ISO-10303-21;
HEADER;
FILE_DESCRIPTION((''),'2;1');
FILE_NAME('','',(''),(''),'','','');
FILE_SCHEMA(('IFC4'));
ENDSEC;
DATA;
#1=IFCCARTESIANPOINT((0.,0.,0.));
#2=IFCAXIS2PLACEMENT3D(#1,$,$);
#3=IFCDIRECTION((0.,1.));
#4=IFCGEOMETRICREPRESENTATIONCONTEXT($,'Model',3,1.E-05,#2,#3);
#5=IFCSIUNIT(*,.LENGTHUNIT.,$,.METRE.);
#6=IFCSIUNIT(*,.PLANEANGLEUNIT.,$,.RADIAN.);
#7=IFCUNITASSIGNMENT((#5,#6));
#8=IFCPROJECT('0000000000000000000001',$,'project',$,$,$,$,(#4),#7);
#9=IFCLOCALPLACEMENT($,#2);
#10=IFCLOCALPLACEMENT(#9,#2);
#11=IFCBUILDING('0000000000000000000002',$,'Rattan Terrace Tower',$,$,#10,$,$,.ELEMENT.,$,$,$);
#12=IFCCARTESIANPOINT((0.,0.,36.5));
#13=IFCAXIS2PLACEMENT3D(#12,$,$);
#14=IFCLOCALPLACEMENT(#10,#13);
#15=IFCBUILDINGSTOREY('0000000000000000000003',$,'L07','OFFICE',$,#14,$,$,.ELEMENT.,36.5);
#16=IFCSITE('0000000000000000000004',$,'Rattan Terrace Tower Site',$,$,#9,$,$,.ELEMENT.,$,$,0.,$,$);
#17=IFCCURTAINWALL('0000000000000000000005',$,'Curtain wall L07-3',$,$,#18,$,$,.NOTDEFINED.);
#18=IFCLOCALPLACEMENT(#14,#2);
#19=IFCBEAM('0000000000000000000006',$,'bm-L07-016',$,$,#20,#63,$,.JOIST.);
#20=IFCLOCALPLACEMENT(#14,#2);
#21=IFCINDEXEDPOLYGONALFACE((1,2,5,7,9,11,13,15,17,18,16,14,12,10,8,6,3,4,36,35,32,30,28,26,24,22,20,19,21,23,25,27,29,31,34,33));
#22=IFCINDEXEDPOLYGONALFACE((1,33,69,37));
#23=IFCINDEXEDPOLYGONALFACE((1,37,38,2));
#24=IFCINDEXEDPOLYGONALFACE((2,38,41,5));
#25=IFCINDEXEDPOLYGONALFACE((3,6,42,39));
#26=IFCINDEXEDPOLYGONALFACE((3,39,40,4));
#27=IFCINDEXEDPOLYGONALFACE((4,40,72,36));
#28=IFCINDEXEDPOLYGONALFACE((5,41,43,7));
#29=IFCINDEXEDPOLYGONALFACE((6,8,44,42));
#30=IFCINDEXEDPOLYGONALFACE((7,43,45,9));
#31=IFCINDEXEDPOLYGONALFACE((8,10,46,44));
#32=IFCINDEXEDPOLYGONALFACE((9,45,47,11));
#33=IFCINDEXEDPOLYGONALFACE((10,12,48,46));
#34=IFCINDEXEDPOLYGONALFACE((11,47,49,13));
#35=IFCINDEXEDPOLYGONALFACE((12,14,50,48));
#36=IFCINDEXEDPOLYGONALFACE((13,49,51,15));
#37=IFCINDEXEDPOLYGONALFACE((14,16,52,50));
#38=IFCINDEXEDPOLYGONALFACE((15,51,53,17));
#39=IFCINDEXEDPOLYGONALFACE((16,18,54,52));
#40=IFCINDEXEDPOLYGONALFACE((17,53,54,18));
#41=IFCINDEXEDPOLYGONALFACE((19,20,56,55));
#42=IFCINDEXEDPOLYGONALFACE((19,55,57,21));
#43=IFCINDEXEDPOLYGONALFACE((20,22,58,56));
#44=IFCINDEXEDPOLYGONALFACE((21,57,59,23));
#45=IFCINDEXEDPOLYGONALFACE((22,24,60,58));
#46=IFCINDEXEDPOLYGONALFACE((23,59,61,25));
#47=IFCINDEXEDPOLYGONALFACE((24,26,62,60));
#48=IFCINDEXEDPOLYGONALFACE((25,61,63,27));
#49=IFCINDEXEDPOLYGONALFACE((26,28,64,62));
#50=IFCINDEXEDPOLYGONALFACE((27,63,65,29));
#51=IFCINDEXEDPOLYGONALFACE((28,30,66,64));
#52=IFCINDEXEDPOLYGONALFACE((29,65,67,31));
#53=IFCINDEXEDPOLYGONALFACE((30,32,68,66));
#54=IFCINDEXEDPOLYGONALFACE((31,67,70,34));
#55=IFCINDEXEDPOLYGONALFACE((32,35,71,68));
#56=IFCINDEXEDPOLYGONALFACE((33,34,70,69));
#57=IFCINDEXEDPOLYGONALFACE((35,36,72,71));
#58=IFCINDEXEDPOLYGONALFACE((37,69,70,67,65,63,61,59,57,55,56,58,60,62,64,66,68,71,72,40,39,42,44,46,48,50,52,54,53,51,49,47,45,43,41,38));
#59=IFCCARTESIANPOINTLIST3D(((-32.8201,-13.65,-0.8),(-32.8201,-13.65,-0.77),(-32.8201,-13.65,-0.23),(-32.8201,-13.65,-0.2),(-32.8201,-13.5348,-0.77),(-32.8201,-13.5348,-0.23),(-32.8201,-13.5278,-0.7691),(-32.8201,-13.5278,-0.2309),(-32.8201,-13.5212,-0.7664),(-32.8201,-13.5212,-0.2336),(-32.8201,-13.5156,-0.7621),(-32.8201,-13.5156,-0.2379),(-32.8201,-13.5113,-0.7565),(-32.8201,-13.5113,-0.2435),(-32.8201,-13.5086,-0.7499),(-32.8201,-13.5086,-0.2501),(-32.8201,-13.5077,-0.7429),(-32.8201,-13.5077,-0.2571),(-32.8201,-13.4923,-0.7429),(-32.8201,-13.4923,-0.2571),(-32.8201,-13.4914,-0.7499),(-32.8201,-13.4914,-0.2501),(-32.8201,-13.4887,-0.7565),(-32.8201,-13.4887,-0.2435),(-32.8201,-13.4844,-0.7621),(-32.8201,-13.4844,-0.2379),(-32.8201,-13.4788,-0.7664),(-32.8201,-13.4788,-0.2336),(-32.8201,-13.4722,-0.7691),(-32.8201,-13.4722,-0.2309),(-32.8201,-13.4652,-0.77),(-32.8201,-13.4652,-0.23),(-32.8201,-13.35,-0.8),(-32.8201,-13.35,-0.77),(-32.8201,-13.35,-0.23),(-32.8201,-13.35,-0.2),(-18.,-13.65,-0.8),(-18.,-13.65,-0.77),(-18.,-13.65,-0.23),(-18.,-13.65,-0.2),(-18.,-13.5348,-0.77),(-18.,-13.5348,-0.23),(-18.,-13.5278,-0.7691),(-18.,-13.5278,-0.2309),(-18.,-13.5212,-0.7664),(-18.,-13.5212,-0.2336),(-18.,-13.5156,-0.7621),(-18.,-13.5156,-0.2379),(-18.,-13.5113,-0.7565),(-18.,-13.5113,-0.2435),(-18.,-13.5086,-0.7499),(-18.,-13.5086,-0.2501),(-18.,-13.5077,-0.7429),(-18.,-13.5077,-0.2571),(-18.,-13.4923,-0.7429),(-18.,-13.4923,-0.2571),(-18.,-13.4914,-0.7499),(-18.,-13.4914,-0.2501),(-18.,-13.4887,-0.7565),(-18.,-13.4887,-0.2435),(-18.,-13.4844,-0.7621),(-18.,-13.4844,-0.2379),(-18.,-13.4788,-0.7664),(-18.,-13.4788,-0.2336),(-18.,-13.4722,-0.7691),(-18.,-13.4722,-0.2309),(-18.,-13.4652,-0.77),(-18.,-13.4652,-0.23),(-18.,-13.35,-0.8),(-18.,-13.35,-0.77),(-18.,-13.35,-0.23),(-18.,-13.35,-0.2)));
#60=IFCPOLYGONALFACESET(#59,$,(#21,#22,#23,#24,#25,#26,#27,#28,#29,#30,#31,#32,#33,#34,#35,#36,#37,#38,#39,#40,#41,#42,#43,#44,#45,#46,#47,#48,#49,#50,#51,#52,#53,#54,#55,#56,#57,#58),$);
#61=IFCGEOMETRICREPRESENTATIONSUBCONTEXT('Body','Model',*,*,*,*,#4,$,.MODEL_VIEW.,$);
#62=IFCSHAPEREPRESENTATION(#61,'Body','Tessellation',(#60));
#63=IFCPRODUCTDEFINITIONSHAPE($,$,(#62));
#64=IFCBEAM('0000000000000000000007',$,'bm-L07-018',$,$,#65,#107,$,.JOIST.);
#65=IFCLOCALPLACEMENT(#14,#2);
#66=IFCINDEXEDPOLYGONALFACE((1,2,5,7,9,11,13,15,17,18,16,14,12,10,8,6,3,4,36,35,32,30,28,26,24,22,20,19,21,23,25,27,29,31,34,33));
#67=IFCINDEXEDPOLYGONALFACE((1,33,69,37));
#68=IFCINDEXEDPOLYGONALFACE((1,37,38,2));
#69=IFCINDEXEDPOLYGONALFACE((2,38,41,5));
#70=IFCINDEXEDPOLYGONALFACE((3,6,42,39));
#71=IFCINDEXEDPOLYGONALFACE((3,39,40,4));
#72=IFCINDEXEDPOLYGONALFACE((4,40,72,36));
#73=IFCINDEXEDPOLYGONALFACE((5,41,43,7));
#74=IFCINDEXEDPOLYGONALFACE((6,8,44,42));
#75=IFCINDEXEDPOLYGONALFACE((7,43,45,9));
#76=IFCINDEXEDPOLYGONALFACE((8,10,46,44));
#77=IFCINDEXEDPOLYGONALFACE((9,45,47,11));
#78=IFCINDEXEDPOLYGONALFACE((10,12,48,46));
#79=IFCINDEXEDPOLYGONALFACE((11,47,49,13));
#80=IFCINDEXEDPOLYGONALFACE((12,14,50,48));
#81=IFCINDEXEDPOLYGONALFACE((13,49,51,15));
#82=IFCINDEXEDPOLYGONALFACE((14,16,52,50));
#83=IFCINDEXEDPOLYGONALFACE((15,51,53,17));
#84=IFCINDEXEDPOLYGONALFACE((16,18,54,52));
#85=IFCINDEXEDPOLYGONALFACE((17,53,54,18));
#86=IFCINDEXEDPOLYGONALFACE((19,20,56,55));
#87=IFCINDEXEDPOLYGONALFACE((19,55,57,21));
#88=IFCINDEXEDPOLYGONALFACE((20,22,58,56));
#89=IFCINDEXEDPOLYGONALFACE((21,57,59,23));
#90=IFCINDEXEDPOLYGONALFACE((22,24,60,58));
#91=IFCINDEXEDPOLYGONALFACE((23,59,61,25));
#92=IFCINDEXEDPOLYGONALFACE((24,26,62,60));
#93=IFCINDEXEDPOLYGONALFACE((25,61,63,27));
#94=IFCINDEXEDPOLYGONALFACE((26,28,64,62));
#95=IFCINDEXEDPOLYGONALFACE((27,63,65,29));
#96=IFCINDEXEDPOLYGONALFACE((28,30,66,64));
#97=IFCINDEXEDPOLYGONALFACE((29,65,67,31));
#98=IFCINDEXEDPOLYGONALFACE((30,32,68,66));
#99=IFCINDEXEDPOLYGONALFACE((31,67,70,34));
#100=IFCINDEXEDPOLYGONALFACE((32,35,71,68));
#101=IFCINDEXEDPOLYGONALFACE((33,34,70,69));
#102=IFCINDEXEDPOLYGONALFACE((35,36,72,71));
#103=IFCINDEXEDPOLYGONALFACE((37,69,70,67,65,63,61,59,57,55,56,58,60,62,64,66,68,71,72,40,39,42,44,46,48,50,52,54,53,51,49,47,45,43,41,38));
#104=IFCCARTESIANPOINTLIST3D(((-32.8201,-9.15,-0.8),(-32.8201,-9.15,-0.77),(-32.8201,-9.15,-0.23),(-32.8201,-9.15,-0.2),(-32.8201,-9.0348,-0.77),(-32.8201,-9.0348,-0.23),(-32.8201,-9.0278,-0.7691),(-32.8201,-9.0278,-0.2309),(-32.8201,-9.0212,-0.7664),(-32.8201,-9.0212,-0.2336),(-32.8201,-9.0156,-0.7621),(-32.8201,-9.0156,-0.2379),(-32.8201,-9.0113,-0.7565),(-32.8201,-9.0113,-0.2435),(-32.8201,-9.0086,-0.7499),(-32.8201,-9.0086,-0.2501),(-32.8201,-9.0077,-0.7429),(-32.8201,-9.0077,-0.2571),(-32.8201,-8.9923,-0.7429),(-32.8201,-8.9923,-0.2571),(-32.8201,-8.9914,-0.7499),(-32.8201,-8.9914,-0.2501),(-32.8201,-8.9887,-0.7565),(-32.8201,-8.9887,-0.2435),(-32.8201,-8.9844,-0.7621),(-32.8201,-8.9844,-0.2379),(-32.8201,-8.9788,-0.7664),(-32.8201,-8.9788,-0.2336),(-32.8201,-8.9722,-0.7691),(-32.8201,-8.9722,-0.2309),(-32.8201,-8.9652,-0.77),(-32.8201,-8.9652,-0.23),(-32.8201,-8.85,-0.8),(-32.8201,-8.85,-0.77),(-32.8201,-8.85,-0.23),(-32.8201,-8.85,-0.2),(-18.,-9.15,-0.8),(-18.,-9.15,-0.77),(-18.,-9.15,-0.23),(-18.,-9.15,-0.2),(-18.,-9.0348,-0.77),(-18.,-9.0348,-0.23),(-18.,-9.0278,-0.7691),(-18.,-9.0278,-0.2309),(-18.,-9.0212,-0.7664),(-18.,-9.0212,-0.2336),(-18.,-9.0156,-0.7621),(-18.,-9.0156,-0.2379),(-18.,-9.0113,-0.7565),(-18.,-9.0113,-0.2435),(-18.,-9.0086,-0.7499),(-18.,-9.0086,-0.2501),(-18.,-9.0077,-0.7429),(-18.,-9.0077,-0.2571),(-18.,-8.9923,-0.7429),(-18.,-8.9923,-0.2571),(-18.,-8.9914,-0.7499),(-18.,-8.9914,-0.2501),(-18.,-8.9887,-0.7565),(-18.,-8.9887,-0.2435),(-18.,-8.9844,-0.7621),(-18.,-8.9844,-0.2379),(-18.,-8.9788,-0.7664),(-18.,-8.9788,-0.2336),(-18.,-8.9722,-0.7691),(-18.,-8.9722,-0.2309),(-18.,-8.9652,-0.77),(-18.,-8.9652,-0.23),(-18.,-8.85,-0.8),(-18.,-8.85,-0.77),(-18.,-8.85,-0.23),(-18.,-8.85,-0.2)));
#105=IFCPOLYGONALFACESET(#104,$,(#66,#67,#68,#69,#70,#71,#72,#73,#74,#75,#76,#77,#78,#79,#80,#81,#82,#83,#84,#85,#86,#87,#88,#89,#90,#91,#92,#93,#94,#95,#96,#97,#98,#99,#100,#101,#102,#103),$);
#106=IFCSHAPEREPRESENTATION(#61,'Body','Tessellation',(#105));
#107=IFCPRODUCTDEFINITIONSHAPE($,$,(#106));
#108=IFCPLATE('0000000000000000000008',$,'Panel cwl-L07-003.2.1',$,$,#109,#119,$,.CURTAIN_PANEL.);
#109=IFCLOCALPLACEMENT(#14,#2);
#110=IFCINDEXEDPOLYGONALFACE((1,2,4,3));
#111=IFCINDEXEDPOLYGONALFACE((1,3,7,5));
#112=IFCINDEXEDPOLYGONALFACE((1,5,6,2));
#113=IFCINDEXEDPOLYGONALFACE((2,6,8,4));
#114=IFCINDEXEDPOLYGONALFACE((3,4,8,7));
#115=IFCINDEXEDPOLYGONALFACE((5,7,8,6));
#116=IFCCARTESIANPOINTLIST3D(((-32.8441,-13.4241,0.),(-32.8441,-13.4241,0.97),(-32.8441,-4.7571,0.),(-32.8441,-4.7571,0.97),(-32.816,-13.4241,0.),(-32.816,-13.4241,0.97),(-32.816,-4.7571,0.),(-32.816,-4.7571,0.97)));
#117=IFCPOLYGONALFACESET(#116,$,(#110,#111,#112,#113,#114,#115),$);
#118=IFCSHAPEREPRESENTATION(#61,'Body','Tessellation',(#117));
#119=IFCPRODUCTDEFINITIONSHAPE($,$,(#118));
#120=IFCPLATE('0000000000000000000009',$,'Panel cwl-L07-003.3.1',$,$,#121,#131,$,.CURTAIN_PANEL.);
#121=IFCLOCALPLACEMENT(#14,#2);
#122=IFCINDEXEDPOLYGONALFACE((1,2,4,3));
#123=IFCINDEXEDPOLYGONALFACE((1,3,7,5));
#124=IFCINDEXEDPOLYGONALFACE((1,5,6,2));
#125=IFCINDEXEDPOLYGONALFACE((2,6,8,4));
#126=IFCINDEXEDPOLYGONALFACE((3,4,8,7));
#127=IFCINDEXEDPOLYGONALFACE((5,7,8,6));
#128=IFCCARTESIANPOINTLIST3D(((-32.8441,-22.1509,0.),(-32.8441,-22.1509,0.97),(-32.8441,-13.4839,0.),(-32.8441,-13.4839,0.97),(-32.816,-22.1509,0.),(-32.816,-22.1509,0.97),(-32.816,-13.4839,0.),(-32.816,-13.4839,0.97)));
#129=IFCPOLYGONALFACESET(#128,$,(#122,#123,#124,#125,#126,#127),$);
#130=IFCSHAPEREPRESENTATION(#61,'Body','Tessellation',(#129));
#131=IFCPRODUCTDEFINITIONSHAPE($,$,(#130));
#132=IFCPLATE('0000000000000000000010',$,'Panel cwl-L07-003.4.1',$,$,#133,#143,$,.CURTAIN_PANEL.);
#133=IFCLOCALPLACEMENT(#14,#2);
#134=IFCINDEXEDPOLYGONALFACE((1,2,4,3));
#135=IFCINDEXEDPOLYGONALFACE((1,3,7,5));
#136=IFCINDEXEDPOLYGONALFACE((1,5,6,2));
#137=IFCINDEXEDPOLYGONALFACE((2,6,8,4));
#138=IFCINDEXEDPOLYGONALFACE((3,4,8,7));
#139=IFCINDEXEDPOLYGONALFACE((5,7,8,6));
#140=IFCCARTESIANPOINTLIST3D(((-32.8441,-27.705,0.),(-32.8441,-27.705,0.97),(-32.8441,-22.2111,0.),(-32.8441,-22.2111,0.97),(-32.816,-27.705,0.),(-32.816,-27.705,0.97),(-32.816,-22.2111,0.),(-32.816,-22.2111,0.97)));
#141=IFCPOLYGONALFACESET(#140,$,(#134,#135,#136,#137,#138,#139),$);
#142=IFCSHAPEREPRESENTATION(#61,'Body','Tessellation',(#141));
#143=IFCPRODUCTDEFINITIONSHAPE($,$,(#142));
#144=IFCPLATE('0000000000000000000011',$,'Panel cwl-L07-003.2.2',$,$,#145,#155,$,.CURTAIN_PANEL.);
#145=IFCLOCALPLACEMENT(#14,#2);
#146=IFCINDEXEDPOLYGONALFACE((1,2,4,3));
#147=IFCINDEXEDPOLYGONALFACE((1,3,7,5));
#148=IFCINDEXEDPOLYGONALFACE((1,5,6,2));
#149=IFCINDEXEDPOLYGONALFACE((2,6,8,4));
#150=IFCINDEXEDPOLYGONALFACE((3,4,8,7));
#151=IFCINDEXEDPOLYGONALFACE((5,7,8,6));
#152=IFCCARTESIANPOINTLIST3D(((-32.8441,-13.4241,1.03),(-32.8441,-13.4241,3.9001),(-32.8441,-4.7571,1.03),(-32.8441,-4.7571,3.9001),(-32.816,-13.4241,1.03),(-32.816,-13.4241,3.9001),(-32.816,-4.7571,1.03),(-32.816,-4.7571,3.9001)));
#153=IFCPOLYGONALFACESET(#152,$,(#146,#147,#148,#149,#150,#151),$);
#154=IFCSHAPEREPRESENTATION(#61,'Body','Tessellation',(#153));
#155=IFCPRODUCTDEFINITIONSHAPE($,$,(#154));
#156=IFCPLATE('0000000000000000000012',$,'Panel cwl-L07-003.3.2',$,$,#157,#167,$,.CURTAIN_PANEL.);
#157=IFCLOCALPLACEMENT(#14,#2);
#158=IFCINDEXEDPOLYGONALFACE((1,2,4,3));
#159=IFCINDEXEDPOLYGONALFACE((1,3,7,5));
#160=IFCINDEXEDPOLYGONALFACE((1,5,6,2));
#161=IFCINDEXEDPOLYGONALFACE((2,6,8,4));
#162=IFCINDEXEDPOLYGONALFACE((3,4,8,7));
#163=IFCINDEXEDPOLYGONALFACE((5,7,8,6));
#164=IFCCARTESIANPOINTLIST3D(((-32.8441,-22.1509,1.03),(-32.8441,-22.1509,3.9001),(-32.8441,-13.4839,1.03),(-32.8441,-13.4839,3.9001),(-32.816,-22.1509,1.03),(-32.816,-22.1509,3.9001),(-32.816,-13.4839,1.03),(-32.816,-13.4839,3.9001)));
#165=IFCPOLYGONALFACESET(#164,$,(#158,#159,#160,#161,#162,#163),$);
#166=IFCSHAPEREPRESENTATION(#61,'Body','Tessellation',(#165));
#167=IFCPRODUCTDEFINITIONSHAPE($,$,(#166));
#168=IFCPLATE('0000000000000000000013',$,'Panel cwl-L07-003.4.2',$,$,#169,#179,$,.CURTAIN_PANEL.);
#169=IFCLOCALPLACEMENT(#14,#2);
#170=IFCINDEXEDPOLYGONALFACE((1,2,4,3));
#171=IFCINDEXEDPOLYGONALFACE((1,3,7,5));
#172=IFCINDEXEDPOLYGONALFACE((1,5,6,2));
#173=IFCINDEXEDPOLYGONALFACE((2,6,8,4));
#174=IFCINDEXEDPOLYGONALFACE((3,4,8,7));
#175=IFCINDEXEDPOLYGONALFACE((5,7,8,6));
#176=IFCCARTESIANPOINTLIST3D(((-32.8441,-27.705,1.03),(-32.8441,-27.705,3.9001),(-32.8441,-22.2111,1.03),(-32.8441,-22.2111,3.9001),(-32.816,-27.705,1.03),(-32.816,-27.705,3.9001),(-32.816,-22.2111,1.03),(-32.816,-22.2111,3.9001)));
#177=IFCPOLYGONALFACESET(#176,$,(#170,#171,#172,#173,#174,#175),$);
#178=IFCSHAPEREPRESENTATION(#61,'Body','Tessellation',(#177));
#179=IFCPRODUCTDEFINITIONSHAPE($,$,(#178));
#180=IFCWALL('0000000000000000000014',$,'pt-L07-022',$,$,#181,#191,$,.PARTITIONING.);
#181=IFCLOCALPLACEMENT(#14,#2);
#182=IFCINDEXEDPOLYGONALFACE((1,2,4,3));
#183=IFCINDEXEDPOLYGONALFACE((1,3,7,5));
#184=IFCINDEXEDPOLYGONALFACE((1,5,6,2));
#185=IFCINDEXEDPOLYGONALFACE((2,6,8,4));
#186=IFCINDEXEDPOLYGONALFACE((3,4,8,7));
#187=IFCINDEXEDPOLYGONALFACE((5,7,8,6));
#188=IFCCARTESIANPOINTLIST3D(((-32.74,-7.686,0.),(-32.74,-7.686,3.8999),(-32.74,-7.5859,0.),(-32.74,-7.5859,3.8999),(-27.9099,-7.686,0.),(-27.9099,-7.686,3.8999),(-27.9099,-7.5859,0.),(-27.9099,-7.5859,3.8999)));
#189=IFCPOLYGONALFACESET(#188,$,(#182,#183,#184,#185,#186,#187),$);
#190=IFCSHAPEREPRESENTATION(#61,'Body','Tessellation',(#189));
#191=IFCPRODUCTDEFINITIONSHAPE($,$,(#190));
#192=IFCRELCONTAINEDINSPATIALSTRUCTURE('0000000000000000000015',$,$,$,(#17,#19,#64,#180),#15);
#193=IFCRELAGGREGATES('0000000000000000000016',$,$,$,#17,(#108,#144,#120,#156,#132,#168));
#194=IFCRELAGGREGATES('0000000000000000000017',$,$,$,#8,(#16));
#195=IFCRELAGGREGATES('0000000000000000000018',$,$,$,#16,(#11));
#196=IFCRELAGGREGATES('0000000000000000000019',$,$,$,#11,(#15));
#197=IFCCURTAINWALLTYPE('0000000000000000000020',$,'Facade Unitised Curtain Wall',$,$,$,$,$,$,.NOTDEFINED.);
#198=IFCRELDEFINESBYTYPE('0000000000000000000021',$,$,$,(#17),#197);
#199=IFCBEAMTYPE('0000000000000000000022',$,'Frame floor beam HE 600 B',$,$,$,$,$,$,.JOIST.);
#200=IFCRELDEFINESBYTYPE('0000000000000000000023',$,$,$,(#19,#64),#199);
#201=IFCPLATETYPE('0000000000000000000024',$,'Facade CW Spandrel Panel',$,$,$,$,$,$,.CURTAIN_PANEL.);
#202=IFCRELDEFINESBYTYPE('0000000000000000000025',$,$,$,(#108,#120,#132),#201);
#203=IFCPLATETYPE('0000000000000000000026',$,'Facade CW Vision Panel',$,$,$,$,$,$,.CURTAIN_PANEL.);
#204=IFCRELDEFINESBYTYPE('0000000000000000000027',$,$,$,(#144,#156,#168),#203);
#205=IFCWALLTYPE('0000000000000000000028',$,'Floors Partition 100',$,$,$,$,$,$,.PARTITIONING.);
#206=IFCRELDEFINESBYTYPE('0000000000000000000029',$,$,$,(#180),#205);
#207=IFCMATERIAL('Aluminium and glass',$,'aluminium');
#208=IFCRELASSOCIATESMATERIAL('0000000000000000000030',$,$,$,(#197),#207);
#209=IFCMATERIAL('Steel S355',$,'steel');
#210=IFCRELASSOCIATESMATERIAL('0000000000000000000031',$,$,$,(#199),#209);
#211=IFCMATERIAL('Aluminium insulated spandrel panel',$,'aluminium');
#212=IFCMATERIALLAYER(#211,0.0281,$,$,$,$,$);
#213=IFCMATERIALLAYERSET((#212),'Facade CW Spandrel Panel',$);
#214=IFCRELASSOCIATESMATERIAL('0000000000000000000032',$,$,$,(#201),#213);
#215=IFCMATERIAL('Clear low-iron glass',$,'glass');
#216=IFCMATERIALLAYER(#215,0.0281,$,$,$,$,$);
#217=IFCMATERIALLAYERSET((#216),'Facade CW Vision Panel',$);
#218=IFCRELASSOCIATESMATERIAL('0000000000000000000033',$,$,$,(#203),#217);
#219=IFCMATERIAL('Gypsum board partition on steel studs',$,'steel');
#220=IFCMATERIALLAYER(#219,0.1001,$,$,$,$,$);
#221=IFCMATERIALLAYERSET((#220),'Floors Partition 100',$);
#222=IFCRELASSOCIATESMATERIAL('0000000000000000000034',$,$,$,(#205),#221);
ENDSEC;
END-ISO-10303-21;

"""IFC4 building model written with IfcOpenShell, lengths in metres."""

from ifc_helpers import new_model, si_unit, direction, frame, frame_2d, origin, origin_2d, place, context, subcontext, project, spatial, rectangle, i_section, extrude, material, layer, layer_set, material_profile, profile_set, type_object, element, aggregate, save


model = new_model("IFC4")

# Units and contexts
model_context = context("Model", 3, precision=1e-05, world=origin(), true_north=direction((0.0, 1.0)))
body_context = subcontext(model_context, "Body", "Model", "MODEL_VIEW")
ifc_project = project(units=[si_unit("LENGTHUNIT", "METRE"), si_unit("PLANEANGLEUNIT", "RADIAN")], contexts=[model_context])

# Site, building, storey
site_placement = place(None, origin())
site = spatial("IfcSite", under=ifc_project, at=site_placement, Name="Rattan Terrace Tower Site", CompositionType="ELEMENT", RefElevation=0.0)
building_placement = place(site_placement, origin())
building = spatial("IfcBuilding", under=site, at=building_placement, Name="Rattan Terrace Tower", CompositionType="ELEMENT")
storey_placement = place(building_placement, frame((0.0, 0.0, 36.5)))
storey = spatial("IfcBuildingStorey", under=building, at=storey_placement, Name="L07", Description="OFFICE", CompositionType="ELEMENT", Elevation=36.5)

# Curtain wall
ifc_material_1 = material(Name="Aluminium and glass", Category="aluminium")
curtain_wall_type = type_object("IfcCurtainWallType", Name="Facade Unitised Curtain Wall", PredefinedType="NOTDEFINED", material=ifc_material_1)
curtain_wall_placement = place(storey_placement, origin())
curtain_wall = element("IfcCurtainWall", 1, at=curtain_wall_placement, inside=storey, type_object=curtain_wall_type, Name="Curtain wall L07-3", PredefinedType="NOTDEFINED")

# Beams
ifc_material_2 = material(Name="Steel S355", Category="steel")
ifc_material_profile_1 = material_profile(ifc_material_2, i_section(OverallWidth=0.3, OverallDepth=0.6001, WebThickness=0.0154, FlangeThickness=0.03, FilletRadius=0.0271, at=origin_2d()), Name="HE 600 B")
ifc_profile_set_1 = profile_set([ifc_material_profile_1], Name="Steel S355")
beam_type_1 = type_object("IfcBeamType", Name="Frame floor beam HE 600 B", PredefinedType="JOIST", material=ifc_profile_set_1)
for number, where, z_axis, x_axis, name in (
    (2, (-32.8201, -13.5, -0.5), (1.0, 0.0, 0.0), (0.0, 1.0, 0.0), "bm-L07-016"),
    (3, (-32.8201, -9.0, -0.5), (1.0, 0.0, 0.0), (0.0, 1.0, 0.0), "bm-L07-018"),
):
    element("IfcBeam", number, at=place(storey_placement, frame(where, z_axis=z_axis, x_axis=x_axis)), inside=storey, type_object=beam_type_1, Name=name, PredefinedType="JOIST", context=body_context, shape_type="SweptSolid", body=[
        extrude(i_section(OverallWidth=0.3, OverallDepth=0.6001, WebThickness=0.0154, FlangeThickness=0.03, FilletRadius=0.0271, at=origin_2d()), origin(), (0.0, 0.0, 1.0), 14.8201),
    ])

# Plates
ifc_material_3 = material(Name="Aluminium insulated spandrel panel", Category="aluminium")
ifc_layer_1 = layer(ifc_material_3, 0.0281)
ifc_layer_set_1 = layer_set([ifc_layer_1], Name="Facade CW Spandrel Panel")
plate_type_1 = type_object("IfcPlateType", Name="Facade CW Spandrel Panel", PredefinedType="CURTAIN_PANEL", material=ifc_layer_set_1)
plate_1_placement = place(storey_placement, frame((-32.8301, -9.0906, 0.0), z_axis=(0.0, 0.0, 1.0), x_axis=(0.0, -1.0, 0.0)))
plate_1 = element("IfcPlate", 4, at=plate_1_placement, type_object=plate_type_1, Name="Panel cwl-L07-003.2.1", PredefinedType="CURTAIN_PANEL", context=body_context, shape_type="SweptSolid", body=[
    extrude(rectangle(XDim=8.667, YDim=0.0281, at=origin_2d()), origin(), (0.0, 0.0, 1.0), 0.97),
])
plate_2_placement = place(storey_placement, frame((-32.8301, -17.8174, 0.0), z_axis=(0.0, 0.0, 1.0), x_axis=(0.0, -1.0, 0.0)))
plate_2 = element("IfcPlate", 5, at=plate_2_placement, type_object=plate_type_1, Name="Panel cwl-L07-003.3.1", PredefinedType="CURTAIN_PANEL", context=body_context, shape_type="SweptSolid", body=[
    extrude(rectangle(XDim=8.667, YDim=0.0281, at=origin_2d()), origin(), (0.0, 0.0, 1.0), 0.97),
])
plate_3_placement = place(storey_placement, frame((-32.8301, -24.958, 0.0), z_axis=(0.0, 0.0, 1.0), x_axis=(0.0, -1.0, 0.0)))
plate_3 = element("IfcPlate", 6, at=plate_3_placement, type_object=plate_type_1, Name="Panel cwl-L07-003.4.1", PredefinedType="CURTAIN_PANEL", context=body_context, shape_type="SweptSolid", body=[
    extrude(rectangle(XDim=5.4939, YDim=0.0281, at=origin_2d()), origin(), (0.0, 0.0, 1.0), 0.97),
])
ifc_material_4 = material(Name="Clear low-iron glass", Category="glass")
ifc_layer_2 = layer(ifc_material_4, 0.0281)
ifc_layer_set_2 = layer_set([ifc_layer_2], Name="Facade CW Vision Panel")
plate_type_2 = type_object("IfcPlateType", Name="Facade CW Vision Panel", PredefinedType="CURTAIN_PANEL", material=ifc_layer_set_2)
plate_4_placement = place(storey_placement, frame((-32.8301, -9.0906, 1.03), z_axis=(0.0, 0.0, 1.0), x_axis=(0.0, -1.0, 0.0)))
plate_4 = element("IfcPlate", 7, at=plate_4_placement, type_object=plate_type_2, Name="Panel cwl-L07-003.2.2", PredefinedType="CURTAIN_PANEL", context=body_context, shape_type="SweptSolid", body=[
    extrude(rectangle(XDim=8.667, YDim=0.0281, at=origin_2d()), origin(), (0.0, 0.0, 1.0), 2.8701),
])
plate_5_placement = place(storey_placement, frame((-32.8301, -17.8174, 1.03), z_axis=(0.0, 0.0, 1.0), x_axis=(0.0, -1.0, 0.0)))
plate_5 = element("IfcPlate", 8, at=plate_5_placement, type_object=plate_type_2, Name="Panel cwl-L07-003.3.2", PredefinedType="CURTAIN_PANEL", context=body_context, shape_type="SweptSolid", body=[
    extrude(rectangle(XDim=8.667, YDim=0.0281, at=origin_2d()), origin(), (0.0, 0.0, 1.0), 2.8701),
])
plate_6_placement = place(storey_placement, frame((-32.8301, -24.958, 1.03), z_axis=(0.0, 0.0, 1.0), x_axis=(0.0, -1.0, 0.0)))
plate_6 = element("IfcPlate", 9, at=plate_6_placement, type_object=plate_type_2, Name="Panel cwl-L07-003.4.2", PredefinedType="CURTAIN_PANEL", context=body_context, shape_type="SweptSolid", body=[
    extrude(rectangle(XDim=5.4939, YDim=0.0281, at=origin_2d()), origin(), (0.0, 0.0, 1.0), 2.8701),
])
aggregate(curtain_wall, [plate_1, plate_4, plate_2, plate_5, plate_3, plate_6])

# Wall
ifc_material_5 = material(Name="Gypsum board partition on steel studs", Category="steel")
ifc_layer_3 = layer(ifc_material_5, 0.1001)
ifc_layer_set_3 = layer_set([ifc_layer_3], Name="Floors Partition 100")
wall_type_1 = type_object("IfcWallType", Name="Floors Partition 100", PredefinedType="PARTITIONING", material=ifc_layer_set_3)
wall_1_placement = place(storey_placement, frame((-32.74, -7.636, 0.0), z_axis=(0.0, 0.0, 1.0), x_axis=(1.0, 0.0, 0.0)))
element("IfcWall", 10, at=wall_1_placement, inside=storey, type_object=wall_type_1, Name="pt-L07-022", PredefinedType="PARTITIONING", context=body_context, shape_type="SweptSolid", body=[
    extrude(rectangle(XDim=4.8301, YDim=0.1001, at=frame_2d((2.415, 0.0))), origin(), (0.0, 0.0, 1.0), 3.8999),
])

save(model, "model.ifc")
